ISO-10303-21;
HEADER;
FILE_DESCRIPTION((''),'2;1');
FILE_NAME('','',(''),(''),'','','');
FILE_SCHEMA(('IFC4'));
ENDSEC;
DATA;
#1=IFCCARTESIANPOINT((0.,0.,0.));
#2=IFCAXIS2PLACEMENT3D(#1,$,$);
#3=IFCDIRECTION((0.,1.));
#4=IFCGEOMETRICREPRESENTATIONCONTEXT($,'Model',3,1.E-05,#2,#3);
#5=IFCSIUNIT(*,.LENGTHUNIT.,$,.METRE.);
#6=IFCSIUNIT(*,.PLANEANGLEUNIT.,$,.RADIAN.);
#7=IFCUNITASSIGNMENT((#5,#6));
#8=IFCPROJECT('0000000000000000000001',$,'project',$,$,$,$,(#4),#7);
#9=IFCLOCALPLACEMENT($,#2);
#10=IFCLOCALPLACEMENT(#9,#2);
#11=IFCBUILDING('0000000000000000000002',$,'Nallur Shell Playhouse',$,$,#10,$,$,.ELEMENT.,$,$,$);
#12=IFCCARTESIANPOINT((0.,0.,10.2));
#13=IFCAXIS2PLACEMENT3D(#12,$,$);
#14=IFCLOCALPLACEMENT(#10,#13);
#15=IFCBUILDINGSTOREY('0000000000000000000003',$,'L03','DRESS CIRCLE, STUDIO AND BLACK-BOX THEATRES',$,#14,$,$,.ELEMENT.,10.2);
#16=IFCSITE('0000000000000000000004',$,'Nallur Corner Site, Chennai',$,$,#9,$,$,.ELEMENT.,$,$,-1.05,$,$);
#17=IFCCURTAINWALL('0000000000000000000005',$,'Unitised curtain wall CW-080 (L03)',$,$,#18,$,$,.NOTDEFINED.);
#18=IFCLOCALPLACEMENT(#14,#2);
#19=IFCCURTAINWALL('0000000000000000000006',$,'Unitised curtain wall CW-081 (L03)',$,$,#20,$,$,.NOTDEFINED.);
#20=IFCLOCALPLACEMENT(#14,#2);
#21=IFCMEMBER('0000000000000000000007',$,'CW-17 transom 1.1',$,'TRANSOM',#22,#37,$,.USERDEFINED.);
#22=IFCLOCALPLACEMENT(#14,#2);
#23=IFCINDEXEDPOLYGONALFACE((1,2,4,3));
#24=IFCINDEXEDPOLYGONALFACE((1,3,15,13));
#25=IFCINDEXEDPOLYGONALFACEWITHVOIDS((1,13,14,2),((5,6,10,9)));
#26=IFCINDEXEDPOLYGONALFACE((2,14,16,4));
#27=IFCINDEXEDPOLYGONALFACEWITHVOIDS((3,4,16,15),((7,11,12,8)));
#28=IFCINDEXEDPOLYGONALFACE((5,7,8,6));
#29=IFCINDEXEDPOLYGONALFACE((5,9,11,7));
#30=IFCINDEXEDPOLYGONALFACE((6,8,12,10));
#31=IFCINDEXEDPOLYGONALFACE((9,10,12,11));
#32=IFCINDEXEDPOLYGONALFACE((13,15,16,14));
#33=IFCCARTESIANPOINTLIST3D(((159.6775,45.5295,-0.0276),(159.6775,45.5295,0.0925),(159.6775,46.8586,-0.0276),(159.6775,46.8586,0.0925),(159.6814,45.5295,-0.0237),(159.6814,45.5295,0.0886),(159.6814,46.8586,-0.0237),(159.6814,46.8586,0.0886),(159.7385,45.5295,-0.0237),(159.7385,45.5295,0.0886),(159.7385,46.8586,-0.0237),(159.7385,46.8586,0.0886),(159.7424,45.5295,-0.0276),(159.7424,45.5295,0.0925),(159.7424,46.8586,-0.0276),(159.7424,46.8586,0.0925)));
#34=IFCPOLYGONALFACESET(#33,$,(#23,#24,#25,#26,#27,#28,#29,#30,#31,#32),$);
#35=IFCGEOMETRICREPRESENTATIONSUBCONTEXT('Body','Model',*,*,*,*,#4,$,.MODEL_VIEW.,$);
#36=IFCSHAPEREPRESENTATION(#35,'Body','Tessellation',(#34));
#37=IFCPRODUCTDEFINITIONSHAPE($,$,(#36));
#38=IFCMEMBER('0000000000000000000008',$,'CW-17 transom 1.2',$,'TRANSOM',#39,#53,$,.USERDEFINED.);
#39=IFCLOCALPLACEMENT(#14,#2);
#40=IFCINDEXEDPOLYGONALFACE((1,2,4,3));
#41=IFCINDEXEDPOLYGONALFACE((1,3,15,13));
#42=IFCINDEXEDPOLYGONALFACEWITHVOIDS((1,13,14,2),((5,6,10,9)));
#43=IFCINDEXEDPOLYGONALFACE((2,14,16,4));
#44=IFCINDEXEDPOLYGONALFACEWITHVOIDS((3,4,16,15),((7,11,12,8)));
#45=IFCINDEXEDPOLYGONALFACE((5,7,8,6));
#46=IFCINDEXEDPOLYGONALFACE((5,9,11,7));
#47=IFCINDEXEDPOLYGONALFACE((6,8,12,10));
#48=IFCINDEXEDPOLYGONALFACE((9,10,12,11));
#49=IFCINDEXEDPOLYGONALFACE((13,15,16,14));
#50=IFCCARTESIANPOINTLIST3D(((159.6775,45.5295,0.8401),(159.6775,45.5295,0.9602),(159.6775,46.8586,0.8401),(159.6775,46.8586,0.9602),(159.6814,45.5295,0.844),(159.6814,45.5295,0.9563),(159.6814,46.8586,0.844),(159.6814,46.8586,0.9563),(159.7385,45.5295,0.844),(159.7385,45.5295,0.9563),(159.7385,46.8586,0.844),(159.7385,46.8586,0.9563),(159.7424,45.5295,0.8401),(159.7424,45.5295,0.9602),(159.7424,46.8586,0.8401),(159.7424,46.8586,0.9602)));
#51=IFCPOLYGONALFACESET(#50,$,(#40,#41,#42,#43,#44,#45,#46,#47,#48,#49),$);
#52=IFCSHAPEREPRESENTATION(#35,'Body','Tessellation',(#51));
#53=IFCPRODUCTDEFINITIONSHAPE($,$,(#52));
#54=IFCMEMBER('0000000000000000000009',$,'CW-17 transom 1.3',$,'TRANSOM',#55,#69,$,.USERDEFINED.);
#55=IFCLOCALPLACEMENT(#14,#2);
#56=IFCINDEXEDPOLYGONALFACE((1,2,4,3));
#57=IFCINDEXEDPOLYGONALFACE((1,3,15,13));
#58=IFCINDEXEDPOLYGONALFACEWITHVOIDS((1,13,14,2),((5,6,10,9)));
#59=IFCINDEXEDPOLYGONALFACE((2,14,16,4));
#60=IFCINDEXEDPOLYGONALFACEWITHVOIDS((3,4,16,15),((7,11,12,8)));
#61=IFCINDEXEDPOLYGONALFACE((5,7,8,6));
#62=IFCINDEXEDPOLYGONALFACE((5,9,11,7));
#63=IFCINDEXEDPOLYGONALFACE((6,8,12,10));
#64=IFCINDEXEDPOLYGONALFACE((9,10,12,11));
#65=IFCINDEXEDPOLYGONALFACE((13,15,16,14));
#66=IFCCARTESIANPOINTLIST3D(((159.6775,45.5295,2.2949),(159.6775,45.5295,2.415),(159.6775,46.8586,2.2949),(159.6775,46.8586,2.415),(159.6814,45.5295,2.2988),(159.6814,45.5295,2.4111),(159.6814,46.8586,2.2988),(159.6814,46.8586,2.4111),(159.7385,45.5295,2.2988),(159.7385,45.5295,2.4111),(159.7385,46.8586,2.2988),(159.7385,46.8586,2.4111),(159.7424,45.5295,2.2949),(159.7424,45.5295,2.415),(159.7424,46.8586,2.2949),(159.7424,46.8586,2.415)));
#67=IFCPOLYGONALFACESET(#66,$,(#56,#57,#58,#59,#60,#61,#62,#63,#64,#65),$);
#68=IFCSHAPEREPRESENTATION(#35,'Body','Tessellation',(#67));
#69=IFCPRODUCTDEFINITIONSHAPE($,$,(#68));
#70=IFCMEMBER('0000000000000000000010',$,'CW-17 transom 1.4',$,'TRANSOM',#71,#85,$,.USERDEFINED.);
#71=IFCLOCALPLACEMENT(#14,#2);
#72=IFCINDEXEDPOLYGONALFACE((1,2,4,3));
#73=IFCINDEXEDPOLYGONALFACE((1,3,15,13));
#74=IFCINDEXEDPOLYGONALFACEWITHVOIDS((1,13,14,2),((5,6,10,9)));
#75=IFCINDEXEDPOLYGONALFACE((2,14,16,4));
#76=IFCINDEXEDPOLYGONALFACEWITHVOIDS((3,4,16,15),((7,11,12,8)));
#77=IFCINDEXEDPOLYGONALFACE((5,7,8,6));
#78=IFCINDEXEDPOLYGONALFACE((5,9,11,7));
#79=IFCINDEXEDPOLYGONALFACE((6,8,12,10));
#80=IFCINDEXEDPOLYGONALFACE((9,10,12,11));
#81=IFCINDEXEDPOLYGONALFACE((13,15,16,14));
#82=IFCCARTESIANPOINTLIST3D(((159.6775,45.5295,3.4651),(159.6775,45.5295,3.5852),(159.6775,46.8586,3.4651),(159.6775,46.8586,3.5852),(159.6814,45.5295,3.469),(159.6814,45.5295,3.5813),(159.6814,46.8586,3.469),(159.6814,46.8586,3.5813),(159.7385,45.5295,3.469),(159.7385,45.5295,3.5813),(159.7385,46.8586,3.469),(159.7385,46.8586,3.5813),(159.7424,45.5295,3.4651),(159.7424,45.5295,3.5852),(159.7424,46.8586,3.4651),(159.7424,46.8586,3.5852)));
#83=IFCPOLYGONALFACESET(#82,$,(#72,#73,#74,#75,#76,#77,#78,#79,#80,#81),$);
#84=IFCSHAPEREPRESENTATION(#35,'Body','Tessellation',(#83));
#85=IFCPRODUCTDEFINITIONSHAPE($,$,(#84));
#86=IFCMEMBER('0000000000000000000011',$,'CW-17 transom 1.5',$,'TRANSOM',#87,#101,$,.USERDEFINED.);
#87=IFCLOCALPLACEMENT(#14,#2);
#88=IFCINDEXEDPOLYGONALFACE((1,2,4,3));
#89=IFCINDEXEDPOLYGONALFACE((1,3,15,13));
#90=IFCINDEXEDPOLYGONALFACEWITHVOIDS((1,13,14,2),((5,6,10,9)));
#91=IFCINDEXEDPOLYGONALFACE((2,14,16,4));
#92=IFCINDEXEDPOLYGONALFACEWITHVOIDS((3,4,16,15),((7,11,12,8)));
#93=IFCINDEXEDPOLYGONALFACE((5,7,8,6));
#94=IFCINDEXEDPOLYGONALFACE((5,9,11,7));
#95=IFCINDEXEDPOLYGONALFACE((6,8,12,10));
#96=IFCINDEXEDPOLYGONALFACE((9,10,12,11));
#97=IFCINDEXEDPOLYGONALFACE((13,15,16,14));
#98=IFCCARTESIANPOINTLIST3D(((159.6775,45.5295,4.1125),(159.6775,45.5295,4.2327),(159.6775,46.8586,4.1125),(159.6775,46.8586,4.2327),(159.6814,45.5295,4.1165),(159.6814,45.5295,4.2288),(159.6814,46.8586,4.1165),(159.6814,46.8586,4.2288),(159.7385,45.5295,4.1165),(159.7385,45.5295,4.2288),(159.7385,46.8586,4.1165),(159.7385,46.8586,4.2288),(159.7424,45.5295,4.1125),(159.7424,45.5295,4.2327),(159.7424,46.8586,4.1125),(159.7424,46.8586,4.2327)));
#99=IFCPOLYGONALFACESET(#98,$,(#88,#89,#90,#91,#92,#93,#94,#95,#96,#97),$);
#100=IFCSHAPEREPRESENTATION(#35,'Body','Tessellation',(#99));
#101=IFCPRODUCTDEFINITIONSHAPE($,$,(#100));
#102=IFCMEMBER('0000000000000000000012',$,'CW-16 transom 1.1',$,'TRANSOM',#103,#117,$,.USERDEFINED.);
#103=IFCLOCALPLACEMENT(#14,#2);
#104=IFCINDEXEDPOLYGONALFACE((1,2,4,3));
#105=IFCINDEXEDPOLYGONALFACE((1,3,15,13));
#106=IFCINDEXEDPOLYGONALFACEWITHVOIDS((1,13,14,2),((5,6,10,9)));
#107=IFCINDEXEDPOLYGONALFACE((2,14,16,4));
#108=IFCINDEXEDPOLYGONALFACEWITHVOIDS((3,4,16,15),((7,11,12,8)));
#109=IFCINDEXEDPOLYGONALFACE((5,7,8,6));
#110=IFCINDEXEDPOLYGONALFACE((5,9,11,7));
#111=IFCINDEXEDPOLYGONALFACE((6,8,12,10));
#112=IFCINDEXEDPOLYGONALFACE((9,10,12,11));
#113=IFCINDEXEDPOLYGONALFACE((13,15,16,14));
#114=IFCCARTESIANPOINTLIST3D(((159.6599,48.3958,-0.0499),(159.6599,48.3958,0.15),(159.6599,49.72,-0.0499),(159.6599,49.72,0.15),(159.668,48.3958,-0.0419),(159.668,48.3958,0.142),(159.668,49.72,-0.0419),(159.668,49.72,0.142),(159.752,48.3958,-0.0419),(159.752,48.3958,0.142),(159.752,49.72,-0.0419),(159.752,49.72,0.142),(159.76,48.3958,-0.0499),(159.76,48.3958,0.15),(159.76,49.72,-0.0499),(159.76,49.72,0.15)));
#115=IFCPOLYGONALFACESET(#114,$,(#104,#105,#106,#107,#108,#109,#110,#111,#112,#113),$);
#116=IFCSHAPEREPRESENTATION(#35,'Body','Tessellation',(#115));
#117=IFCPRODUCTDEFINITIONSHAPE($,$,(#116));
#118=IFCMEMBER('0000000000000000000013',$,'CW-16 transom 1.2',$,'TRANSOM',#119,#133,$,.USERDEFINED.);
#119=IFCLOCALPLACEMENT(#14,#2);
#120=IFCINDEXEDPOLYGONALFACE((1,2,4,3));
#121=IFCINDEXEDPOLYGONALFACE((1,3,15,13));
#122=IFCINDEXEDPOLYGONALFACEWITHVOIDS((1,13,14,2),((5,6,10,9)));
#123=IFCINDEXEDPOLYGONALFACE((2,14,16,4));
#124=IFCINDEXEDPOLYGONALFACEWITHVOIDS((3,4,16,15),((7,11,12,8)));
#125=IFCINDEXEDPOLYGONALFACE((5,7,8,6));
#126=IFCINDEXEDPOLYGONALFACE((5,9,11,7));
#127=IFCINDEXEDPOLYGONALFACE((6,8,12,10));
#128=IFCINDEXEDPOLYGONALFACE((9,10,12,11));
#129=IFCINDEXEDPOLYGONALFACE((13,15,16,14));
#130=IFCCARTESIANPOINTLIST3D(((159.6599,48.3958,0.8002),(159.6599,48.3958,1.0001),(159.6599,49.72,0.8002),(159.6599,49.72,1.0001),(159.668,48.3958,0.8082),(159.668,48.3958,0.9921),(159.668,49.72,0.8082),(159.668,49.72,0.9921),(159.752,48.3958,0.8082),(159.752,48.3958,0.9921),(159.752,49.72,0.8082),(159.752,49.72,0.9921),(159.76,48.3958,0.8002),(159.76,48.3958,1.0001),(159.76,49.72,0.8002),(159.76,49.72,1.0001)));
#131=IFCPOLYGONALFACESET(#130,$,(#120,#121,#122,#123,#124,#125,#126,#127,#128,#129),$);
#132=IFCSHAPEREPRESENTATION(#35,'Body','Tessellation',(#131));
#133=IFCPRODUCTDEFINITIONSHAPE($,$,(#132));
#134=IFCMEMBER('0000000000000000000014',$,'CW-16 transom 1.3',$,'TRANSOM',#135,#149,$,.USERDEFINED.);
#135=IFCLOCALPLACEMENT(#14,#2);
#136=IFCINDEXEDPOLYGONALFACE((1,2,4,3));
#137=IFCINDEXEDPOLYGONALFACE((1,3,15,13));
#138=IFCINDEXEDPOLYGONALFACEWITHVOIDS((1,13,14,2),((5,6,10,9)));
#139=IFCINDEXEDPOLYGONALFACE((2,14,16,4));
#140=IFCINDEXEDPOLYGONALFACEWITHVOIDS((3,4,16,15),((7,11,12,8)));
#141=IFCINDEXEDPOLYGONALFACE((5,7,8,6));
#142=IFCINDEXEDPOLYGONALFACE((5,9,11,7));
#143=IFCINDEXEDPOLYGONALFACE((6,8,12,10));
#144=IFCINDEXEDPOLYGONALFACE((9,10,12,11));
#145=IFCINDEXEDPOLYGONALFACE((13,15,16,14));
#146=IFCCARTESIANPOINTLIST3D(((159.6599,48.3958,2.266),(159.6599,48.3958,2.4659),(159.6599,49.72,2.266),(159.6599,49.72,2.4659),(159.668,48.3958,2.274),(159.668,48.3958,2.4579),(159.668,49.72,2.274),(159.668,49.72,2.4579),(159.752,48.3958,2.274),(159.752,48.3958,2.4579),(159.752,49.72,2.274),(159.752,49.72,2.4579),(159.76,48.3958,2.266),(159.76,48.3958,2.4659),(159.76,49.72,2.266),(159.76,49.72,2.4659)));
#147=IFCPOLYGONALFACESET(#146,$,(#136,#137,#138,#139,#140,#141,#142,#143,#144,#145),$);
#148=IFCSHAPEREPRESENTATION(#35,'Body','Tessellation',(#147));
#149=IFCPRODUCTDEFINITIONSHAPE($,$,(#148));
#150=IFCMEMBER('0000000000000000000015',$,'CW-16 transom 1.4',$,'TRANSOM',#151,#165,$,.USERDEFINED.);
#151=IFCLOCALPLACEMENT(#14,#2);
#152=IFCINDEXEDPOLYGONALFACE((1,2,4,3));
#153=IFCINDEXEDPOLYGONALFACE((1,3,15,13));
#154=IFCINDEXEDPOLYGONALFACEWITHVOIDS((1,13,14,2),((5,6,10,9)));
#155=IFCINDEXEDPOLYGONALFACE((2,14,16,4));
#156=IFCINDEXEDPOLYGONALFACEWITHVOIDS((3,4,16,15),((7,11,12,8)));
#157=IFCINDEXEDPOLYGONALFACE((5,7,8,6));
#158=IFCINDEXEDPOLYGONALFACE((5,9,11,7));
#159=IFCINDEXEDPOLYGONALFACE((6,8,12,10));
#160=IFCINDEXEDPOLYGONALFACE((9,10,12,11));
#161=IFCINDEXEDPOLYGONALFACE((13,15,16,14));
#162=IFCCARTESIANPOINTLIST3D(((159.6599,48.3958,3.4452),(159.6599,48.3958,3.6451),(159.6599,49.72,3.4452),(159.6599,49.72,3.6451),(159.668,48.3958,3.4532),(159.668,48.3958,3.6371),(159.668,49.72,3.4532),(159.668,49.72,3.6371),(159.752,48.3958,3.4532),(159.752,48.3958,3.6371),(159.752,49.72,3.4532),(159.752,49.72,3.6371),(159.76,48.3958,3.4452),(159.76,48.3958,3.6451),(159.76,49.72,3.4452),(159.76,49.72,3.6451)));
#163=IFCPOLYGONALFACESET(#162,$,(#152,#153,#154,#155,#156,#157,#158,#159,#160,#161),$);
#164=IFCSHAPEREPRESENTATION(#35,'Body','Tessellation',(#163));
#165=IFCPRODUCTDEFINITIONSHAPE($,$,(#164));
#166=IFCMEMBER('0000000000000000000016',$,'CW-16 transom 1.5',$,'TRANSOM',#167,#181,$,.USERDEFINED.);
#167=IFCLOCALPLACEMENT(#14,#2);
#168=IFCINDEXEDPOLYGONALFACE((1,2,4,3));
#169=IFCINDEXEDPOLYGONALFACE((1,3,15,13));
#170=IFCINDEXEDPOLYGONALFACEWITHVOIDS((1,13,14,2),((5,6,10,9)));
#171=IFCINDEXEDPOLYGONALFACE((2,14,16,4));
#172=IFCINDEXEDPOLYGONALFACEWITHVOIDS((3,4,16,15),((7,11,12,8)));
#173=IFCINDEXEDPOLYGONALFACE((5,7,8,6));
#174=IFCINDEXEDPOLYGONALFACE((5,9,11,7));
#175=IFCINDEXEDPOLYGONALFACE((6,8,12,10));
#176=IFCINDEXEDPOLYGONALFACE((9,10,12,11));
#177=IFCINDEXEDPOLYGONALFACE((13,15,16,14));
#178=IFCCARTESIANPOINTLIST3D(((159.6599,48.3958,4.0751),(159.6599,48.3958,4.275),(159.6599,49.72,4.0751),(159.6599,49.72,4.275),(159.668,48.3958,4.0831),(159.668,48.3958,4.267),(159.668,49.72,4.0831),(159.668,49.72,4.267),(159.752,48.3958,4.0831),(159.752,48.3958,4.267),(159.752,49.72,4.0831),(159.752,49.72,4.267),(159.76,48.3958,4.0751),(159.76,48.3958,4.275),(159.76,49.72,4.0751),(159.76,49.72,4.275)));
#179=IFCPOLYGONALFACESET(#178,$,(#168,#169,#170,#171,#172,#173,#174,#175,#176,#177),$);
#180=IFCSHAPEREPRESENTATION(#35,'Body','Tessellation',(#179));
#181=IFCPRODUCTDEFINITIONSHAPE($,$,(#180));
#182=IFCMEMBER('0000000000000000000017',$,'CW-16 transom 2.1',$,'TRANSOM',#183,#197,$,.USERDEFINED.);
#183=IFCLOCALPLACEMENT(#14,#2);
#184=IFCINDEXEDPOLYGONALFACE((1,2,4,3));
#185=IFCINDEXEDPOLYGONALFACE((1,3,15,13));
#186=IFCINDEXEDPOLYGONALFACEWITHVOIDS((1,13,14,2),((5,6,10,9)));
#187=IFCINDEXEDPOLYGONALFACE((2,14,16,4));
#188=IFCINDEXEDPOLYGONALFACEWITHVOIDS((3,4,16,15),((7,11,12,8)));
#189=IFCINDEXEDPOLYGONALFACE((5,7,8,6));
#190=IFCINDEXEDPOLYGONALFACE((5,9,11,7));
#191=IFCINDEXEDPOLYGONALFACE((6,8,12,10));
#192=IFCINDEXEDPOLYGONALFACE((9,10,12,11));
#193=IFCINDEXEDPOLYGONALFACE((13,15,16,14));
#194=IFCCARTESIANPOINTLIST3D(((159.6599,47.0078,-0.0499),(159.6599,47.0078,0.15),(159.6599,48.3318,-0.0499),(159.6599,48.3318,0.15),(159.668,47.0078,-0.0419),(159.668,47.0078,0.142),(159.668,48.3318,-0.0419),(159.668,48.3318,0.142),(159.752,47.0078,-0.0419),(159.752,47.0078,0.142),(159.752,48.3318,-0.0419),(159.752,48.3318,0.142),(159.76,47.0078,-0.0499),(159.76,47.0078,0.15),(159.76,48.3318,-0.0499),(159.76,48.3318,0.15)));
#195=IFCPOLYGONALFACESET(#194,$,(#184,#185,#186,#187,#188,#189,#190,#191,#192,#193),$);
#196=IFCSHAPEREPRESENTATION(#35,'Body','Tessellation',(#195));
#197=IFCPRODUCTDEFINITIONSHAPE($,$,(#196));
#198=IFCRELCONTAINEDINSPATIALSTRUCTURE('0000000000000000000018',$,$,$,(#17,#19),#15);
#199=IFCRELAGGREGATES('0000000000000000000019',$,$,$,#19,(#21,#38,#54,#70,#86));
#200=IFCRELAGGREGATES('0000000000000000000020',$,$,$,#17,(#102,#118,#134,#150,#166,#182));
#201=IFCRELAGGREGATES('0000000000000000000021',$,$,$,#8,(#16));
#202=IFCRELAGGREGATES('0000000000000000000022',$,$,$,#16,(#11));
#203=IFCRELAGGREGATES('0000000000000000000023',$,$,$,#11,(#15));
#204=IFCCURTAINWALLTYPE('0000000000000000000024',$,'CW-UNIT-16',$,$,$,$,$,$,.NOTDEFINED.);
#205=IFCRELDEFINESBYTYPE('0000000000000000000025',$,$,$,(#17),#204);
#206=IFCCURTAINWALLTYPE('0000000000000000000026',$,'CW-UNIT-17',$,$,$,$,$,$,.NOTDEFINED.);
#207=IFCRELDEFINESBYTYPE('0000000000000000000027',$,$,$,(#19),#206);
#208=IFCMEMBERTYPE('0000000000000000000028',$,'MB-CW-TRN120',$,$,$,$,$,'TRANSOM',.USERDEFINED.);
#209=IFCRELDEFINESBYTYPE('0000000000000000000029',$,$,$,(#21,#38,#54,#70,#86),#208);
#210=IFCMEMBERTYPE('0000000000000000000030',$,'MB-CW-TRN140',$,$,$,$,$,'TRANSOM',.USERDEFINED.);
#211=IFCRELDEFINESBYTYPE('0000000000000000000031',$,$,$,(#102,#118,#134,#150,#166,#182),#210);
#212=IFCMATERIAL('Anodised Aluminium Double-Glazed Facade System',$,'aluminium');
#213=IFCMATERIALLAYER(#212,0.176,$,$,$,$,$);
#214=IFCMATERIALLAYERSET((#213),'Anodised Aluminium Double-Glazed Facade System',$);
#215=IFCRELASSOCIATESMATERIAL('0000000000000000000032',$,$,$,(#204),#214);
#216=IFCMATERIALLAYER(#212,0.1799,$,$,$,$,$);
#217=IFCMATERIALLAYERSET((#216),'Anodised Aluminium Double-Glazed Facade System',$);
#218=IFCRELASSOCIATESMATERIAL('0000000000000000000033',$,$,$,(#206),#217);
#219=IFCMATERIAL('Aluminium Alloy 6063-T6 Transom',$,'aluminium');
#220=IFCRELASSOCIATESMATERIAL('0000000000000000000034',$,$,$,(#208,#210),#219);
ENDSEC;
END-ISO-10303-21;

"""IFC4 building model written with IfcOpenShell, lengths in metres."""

from ifc_helpers import new_model, si_unit, direction, frame, origin, origin_2d, place, context, subcontext, project, spatial, hollow_rectangle, extrude, material, layer, layer_set, material_profile, profile_set, type_object, element, aggregate, save


model = new_model("IFC4")

# Units and contexts
model_context = context("Model", 3, precision=1e-05, world=origin(), true_north=direction((0.0, 1.0)))
body_context = subcontext(model_context, "Body", "Model", "MODEL_VIEW")
ifc_project = project(units=[si_unit("LENGTHUNIT", "METRE"), si_unit("PLANEANGLEUNIT", "RADIAN")], contexts=[model_context])

# Site, building, storey
site_placement = place(None, origin())
site = spatial("IfcSite", under=ifc_project, at=site_placement, Name="Nallur Corner Site, Chennai", CompositionType="ELEMENT", RefElevation=-1.05)
building_placement = place(site_placement, origin())
building = spatial("IfcBuilding", under=site, at=building_placement, Name="Nallur Shell Playhouse", CompositionType="ELEMENT")
storey_placement = place(building_placement, frame((0.0, 0.0, 10.2)))
storey = spatial("IfcBuildingStorey", under=building, at=storey_placement, Name="L03", Description="DRESS CIRCLE, STUDIO AND BLACK-BOX THEATRES", CompositionType="ELEMENT", Elevation=10.2)

# Curtain wall
ifc_material_1 = material(Name="Anodised Aluminium Double-Glazed Facade System", Category="aluminium")
ifc_layer_1 = layer(ifc_material_1, 0.176)
ifc_layer_set_1 = layer_set([ifc_layer_1], Name="Anodised Aluminium Double-Glazed Facade System")
curtain_wall_type_1 = type_object("IfcCurtainWallType", Name="CW-UNIT-16", PredefinedType="NOTDEFINED", material=ifc_layer_set_1)
curtain_wall_1_placement = place(storey_placement, origin())
curtain_wall_1 = element("IfcCurtainWall", 1, at=curtain_wall_1_placement, inside=storey, type_object=curtain_wall_type_1, Name="Unitised curtain wall CW-080 (L03)", PredefinedType="NOTDEFINED")

# Curtain wall, members
ifc_layer_2 = layer(ifc_material_1, 0.1799)
ifc_layer_set_2 = layer_set([ifc_layer_2], Name="Anodised Aluminium Double-Glazed Facade System")
curtain_wall_type_2 = type_object("IfcCurtainWallType", Name="CW-UNIT-17", PredefinedType="NOTDEFINED", material=ifc_layer_set_2)
curtain_wall_2_placement = place(storey_placement, origin())
curtain_wall_2 = element("IfcCurtainWall", 2, at=curtain_wall_2_placement, inside=storey, type_object=curtain_wall_type_2, Name="Unitised curtain wall CW-081 (L03)", PredefinedType="NOTDEFINED")
ifc_material_2 = material(Name="Aluminium Alloy 6063-T6 Transom", Category="aluminium")
ifc_material_profile_1 = material_profile(ifc_material_2, hollow_rectangle(XDim=0.0649, YDim=0.1201, WallThickness=0.0039, at=origin_2d()), Name="ALU 65x120x4")
ifc_profile_set_1 = profile_set([ifc_material_profile_1], Name="Aluminium Alloy 6063-T6 Transom")
member_type_1 = type_object("IfcMemberType", Name="MB-CW-TRN120", ElementType="TRANSOM", PredefinedType="USERDEFINED", material=ifc_profile_set_1)
member_1_placement = place(storey_placement, frame((159.71, 46.8586, 0.0325), z_axis=(0.0, -1.0, 0.0), x_axis=(1.0, 0.0, 0.0)))
member_1 = element("IfcMember", 3, at=member_1_placement, type_object=member_type_1, Name="CW-17 transom 1.1", ObjectType="TRANSOM", PredefinedType="USERDEFINED", context=body_context, shape_type="SweptSolid", body=[
    extrude(hollow_rectangle(XDim=0.0649, YDim=0.1201, WallThickness=0.0039, at=origin_2d()), origin(), (0.0, 0.0, 1.0), 1.3291),
])
member_2_placement = place(storey_placement, frame((159.71, 46.8586, 0.9001), z_axis=(0.0, -1.0, 0.0), x_axis=(1.0, 0.0, 0.0)))
member_2 = element("IfcMember", 4, at=member_2_placement, type_object=member_type_1, Name="CW-17 transom 1.2", ObjectType="TRANSOM", PredefinedType="USERDEFINED", context=body_context, shape_type="SweptSolid", body=[
    extrude(hollow_rectangle(XDim=0.0649, YDim=0.1201, WallThickness=0.0039, at=origin_2d()), origin(), (0.0, 0.0, 1.0), 1.3291),
])
member_3_placement = place(storey_placement, frame((159.71, 46.8586, 2.355), z_axis=(0.0, -1.0, 0.0), x_axis=(1.0, 0.0, 0.0)))
member_3 = element("IfcMember", 5, at=member_3_placement, type_object=member_type_1, Name="CW-17 transom 1.3", ObjectType="TRANSOM", PredefinedType="USERDEFINED", context=body_context, shape_type="SweptSolid", body=[
    extrude(hollow_rectangle(XDim=0.0649, YDim=0.1201, WallThickness=0.0039, at=origin_2d()), origin(), (0.0, 0.0, 1.0), 1.3291),
])
member_4_placement = place(storey_placement, frame((159.71, 46.8586, 3.5251), z_axis=(0.0, -1.0, 0.0), x_axis=(1.0, 0.0, 0.0)))
member_4 = element("IfcMember", 6, at=member_4_placement, type_object=member_type_1, Name="CW-17 transom 1.4", ObjectType="TRANSOM", PredefinedType="USERDEFINED", context=body_context, shape_type="SweptSolid", body=[
    extrude(hollow_rectangle(XDim=0.0649, YDim=0.1201, WallThickness=0.0039, at=origin_2d()), origin(), (0.0, 0.0, 1.0), 1.3291),
])
member_5_placement = place(storey_placement, frame((159.71, 46.8586, 4.1726), z_axis=(0.0, -1.0, 0.0), x_axis=(1.0, 0.0, 0.0)))
member_5 = element("IfcMember", 7, at=member_5_placement, type_object=member_type_1, Name="CW-17 transom 1.5", ObjectType="TRANSOM", PredefinedType="USERDEFINED", context=body_context, shape_type="SweptSolid", body=[
    extrude(hollow_rectangle(XDim=0.0649, YDim=0.1201, WallThickness=0.0039, at=origin_2d()), origin(), (0.0, 0.0, 1.0), 1.3291),
])

# Members
ifc_material_profile_2 = material_profile(ifc_material_2, hollow_rectangle(XDim=0.1001, YDim=0.2, WallThickness=0.0081, at=origin_2d()), Name="RHS 200x100x8")
ifc_profile_set_2 = profile_set([ifc_material_profile_2], Name="Aluminium Alloy 6063-T6 Transom")
member_type_2 = type_object("IfcMemberType", Name="MB-CW-TRN140", ElementType="TRANSOM", PredefinedType="USERDEFINED", material=ifc_profile_set_2)
member_6_placement = place(storey_placement, frame((159.71, 49.72, 0.05), z_axis=(0.0, -1.0, 0.0), x_axis=(1.0, 0.0, 0.0)))
member_6 = element("IfcMember", 8, at=member_6_placement, type_object=member_type_2, Name="CW-16 transom 1.1", ObjectType="TRANSOM", PredefinedType="USERDEFINED", context=body_context, shape_type="SweptSolid", body=[
    extrude(hollow_rectangle(XDim=0.1001, YDim=0.2, WallThickness=0.0081, at=origin_2d()), origin(), (0.0, 0.0, 1.0), 1.3242),
])
member_7_placement = place(storey_placement, frame((159.71, 49.72, 0.9001), z_axis=(0.0, -1.0, 0.0), x_axis=(1.0, 0.0, 0.0)))
member_7 = element("IfcMember", 9, at=member_7_placement, type_object=member_type_2, Name="CW-16 transom 1.2", ObjectType="TRANSOM", PredefinedType="USERDEFINED", context=body_context, shape_type="SweptSolid", body=[
    extrude(hollow_rectangle(XDim=0.1001, YDim=0.2, WallThickness=0.0081, at=origin_2d()), origin(), (0.0, 0.0, 1.0), 1.3242),
])
member_8_placement = place(storey_placement, frame((159.71, 49.72, 2.366), z_axis=(0.0, -1.0, 0.0), x_axis=(1.0, 0.0, 0.0)))
member_8 = element("IfcMember", 10, at=member_8_placement, type_object=member_type_2, Name="CW-16 transom 1.3", ObjectType="TRANSOM", PredefinedType="USERDEFINED", context=body_context, shape_type="SweptSolid", body=[
    extrude(hollow_rectangle(XDim=0.1001, YDim=0.2, WallThickness=0.0081, at=origin_2d()), origin(), (0.0, 0.0, 1.0), 1.3242),
])
member_9_placement = place(storey_placement, frame((159.71, 49.72, 3.5452), z_axis=(0.0, -1.0, 0.0), x_axis=(1.0, 0.0, 0.0)))
member_9 = element("IfcMember", 11, at=member_9_placement, type_object=member_type_2, Name="CW-16 transom 1.4", ObjectType="TRANSOM", PredefinedType="USERDEFINED", context=body_context, shape_type="SweptSolid", body=[
    extrude(hollow_rectangle(XDim=0.1001, YDim=0.2, WallThickness=0.0081, at=origin_2d()), origin(), (0.0, 0.0, 1.0), 1.3242),
])
member_10_placement = place(storey_placement, frame((159.71, 49.72, 4.175), z_axis=(0.0, -1.0, 0.0), x_axis=(1.0, 0.0, 0.0)))
member_10 = element("IfcMember", 12, at=member_10_placement, type_object=member_type_2, Name="CW-16 transom 1.5", ObjectType="TRANSOM", PredefinedType="USERDEFINED", context=body_context, shape_type="SweptSolid", body=[
    extrude(hollow_rectangle(XDim=0.1001, YDim=0.2, WallThickness=0.0081, at=origin_2d()), origin(), (0.0, 0.0, 1.0), 1.3242),
])
member_11_placement = place(storey_placement, frame((159.71, 48.3318, 0.05), z_axis=(0.0, -1.0, 0.0), x_axis=(1.0, 0.0, 0.0)))
member_11 = element("IfcMember", 13, at=member_11_placement, type_object=member_type_2, Name="CW-16 transom 2.1", ObjectType="TRANSOM", PredefinedType="USERDEFINED", context=body_context, shape_type="SweptSolid", body=[
    extrude(hollow_rectangle(XDim=0.1001, YDim=0.2, WallThickness=0.0081, at=origin_2d()), origin(), (0.0, 0.0, 1.0), 1.324),
])

aggregate(curtain_wall_2, [member_1, member_2, member_3, member_4, member_5])
aggregate(curtain_wall_1, [member_6, member_7, member_8, member_9, member_10, member_11])

save(model, "model.ifc")
